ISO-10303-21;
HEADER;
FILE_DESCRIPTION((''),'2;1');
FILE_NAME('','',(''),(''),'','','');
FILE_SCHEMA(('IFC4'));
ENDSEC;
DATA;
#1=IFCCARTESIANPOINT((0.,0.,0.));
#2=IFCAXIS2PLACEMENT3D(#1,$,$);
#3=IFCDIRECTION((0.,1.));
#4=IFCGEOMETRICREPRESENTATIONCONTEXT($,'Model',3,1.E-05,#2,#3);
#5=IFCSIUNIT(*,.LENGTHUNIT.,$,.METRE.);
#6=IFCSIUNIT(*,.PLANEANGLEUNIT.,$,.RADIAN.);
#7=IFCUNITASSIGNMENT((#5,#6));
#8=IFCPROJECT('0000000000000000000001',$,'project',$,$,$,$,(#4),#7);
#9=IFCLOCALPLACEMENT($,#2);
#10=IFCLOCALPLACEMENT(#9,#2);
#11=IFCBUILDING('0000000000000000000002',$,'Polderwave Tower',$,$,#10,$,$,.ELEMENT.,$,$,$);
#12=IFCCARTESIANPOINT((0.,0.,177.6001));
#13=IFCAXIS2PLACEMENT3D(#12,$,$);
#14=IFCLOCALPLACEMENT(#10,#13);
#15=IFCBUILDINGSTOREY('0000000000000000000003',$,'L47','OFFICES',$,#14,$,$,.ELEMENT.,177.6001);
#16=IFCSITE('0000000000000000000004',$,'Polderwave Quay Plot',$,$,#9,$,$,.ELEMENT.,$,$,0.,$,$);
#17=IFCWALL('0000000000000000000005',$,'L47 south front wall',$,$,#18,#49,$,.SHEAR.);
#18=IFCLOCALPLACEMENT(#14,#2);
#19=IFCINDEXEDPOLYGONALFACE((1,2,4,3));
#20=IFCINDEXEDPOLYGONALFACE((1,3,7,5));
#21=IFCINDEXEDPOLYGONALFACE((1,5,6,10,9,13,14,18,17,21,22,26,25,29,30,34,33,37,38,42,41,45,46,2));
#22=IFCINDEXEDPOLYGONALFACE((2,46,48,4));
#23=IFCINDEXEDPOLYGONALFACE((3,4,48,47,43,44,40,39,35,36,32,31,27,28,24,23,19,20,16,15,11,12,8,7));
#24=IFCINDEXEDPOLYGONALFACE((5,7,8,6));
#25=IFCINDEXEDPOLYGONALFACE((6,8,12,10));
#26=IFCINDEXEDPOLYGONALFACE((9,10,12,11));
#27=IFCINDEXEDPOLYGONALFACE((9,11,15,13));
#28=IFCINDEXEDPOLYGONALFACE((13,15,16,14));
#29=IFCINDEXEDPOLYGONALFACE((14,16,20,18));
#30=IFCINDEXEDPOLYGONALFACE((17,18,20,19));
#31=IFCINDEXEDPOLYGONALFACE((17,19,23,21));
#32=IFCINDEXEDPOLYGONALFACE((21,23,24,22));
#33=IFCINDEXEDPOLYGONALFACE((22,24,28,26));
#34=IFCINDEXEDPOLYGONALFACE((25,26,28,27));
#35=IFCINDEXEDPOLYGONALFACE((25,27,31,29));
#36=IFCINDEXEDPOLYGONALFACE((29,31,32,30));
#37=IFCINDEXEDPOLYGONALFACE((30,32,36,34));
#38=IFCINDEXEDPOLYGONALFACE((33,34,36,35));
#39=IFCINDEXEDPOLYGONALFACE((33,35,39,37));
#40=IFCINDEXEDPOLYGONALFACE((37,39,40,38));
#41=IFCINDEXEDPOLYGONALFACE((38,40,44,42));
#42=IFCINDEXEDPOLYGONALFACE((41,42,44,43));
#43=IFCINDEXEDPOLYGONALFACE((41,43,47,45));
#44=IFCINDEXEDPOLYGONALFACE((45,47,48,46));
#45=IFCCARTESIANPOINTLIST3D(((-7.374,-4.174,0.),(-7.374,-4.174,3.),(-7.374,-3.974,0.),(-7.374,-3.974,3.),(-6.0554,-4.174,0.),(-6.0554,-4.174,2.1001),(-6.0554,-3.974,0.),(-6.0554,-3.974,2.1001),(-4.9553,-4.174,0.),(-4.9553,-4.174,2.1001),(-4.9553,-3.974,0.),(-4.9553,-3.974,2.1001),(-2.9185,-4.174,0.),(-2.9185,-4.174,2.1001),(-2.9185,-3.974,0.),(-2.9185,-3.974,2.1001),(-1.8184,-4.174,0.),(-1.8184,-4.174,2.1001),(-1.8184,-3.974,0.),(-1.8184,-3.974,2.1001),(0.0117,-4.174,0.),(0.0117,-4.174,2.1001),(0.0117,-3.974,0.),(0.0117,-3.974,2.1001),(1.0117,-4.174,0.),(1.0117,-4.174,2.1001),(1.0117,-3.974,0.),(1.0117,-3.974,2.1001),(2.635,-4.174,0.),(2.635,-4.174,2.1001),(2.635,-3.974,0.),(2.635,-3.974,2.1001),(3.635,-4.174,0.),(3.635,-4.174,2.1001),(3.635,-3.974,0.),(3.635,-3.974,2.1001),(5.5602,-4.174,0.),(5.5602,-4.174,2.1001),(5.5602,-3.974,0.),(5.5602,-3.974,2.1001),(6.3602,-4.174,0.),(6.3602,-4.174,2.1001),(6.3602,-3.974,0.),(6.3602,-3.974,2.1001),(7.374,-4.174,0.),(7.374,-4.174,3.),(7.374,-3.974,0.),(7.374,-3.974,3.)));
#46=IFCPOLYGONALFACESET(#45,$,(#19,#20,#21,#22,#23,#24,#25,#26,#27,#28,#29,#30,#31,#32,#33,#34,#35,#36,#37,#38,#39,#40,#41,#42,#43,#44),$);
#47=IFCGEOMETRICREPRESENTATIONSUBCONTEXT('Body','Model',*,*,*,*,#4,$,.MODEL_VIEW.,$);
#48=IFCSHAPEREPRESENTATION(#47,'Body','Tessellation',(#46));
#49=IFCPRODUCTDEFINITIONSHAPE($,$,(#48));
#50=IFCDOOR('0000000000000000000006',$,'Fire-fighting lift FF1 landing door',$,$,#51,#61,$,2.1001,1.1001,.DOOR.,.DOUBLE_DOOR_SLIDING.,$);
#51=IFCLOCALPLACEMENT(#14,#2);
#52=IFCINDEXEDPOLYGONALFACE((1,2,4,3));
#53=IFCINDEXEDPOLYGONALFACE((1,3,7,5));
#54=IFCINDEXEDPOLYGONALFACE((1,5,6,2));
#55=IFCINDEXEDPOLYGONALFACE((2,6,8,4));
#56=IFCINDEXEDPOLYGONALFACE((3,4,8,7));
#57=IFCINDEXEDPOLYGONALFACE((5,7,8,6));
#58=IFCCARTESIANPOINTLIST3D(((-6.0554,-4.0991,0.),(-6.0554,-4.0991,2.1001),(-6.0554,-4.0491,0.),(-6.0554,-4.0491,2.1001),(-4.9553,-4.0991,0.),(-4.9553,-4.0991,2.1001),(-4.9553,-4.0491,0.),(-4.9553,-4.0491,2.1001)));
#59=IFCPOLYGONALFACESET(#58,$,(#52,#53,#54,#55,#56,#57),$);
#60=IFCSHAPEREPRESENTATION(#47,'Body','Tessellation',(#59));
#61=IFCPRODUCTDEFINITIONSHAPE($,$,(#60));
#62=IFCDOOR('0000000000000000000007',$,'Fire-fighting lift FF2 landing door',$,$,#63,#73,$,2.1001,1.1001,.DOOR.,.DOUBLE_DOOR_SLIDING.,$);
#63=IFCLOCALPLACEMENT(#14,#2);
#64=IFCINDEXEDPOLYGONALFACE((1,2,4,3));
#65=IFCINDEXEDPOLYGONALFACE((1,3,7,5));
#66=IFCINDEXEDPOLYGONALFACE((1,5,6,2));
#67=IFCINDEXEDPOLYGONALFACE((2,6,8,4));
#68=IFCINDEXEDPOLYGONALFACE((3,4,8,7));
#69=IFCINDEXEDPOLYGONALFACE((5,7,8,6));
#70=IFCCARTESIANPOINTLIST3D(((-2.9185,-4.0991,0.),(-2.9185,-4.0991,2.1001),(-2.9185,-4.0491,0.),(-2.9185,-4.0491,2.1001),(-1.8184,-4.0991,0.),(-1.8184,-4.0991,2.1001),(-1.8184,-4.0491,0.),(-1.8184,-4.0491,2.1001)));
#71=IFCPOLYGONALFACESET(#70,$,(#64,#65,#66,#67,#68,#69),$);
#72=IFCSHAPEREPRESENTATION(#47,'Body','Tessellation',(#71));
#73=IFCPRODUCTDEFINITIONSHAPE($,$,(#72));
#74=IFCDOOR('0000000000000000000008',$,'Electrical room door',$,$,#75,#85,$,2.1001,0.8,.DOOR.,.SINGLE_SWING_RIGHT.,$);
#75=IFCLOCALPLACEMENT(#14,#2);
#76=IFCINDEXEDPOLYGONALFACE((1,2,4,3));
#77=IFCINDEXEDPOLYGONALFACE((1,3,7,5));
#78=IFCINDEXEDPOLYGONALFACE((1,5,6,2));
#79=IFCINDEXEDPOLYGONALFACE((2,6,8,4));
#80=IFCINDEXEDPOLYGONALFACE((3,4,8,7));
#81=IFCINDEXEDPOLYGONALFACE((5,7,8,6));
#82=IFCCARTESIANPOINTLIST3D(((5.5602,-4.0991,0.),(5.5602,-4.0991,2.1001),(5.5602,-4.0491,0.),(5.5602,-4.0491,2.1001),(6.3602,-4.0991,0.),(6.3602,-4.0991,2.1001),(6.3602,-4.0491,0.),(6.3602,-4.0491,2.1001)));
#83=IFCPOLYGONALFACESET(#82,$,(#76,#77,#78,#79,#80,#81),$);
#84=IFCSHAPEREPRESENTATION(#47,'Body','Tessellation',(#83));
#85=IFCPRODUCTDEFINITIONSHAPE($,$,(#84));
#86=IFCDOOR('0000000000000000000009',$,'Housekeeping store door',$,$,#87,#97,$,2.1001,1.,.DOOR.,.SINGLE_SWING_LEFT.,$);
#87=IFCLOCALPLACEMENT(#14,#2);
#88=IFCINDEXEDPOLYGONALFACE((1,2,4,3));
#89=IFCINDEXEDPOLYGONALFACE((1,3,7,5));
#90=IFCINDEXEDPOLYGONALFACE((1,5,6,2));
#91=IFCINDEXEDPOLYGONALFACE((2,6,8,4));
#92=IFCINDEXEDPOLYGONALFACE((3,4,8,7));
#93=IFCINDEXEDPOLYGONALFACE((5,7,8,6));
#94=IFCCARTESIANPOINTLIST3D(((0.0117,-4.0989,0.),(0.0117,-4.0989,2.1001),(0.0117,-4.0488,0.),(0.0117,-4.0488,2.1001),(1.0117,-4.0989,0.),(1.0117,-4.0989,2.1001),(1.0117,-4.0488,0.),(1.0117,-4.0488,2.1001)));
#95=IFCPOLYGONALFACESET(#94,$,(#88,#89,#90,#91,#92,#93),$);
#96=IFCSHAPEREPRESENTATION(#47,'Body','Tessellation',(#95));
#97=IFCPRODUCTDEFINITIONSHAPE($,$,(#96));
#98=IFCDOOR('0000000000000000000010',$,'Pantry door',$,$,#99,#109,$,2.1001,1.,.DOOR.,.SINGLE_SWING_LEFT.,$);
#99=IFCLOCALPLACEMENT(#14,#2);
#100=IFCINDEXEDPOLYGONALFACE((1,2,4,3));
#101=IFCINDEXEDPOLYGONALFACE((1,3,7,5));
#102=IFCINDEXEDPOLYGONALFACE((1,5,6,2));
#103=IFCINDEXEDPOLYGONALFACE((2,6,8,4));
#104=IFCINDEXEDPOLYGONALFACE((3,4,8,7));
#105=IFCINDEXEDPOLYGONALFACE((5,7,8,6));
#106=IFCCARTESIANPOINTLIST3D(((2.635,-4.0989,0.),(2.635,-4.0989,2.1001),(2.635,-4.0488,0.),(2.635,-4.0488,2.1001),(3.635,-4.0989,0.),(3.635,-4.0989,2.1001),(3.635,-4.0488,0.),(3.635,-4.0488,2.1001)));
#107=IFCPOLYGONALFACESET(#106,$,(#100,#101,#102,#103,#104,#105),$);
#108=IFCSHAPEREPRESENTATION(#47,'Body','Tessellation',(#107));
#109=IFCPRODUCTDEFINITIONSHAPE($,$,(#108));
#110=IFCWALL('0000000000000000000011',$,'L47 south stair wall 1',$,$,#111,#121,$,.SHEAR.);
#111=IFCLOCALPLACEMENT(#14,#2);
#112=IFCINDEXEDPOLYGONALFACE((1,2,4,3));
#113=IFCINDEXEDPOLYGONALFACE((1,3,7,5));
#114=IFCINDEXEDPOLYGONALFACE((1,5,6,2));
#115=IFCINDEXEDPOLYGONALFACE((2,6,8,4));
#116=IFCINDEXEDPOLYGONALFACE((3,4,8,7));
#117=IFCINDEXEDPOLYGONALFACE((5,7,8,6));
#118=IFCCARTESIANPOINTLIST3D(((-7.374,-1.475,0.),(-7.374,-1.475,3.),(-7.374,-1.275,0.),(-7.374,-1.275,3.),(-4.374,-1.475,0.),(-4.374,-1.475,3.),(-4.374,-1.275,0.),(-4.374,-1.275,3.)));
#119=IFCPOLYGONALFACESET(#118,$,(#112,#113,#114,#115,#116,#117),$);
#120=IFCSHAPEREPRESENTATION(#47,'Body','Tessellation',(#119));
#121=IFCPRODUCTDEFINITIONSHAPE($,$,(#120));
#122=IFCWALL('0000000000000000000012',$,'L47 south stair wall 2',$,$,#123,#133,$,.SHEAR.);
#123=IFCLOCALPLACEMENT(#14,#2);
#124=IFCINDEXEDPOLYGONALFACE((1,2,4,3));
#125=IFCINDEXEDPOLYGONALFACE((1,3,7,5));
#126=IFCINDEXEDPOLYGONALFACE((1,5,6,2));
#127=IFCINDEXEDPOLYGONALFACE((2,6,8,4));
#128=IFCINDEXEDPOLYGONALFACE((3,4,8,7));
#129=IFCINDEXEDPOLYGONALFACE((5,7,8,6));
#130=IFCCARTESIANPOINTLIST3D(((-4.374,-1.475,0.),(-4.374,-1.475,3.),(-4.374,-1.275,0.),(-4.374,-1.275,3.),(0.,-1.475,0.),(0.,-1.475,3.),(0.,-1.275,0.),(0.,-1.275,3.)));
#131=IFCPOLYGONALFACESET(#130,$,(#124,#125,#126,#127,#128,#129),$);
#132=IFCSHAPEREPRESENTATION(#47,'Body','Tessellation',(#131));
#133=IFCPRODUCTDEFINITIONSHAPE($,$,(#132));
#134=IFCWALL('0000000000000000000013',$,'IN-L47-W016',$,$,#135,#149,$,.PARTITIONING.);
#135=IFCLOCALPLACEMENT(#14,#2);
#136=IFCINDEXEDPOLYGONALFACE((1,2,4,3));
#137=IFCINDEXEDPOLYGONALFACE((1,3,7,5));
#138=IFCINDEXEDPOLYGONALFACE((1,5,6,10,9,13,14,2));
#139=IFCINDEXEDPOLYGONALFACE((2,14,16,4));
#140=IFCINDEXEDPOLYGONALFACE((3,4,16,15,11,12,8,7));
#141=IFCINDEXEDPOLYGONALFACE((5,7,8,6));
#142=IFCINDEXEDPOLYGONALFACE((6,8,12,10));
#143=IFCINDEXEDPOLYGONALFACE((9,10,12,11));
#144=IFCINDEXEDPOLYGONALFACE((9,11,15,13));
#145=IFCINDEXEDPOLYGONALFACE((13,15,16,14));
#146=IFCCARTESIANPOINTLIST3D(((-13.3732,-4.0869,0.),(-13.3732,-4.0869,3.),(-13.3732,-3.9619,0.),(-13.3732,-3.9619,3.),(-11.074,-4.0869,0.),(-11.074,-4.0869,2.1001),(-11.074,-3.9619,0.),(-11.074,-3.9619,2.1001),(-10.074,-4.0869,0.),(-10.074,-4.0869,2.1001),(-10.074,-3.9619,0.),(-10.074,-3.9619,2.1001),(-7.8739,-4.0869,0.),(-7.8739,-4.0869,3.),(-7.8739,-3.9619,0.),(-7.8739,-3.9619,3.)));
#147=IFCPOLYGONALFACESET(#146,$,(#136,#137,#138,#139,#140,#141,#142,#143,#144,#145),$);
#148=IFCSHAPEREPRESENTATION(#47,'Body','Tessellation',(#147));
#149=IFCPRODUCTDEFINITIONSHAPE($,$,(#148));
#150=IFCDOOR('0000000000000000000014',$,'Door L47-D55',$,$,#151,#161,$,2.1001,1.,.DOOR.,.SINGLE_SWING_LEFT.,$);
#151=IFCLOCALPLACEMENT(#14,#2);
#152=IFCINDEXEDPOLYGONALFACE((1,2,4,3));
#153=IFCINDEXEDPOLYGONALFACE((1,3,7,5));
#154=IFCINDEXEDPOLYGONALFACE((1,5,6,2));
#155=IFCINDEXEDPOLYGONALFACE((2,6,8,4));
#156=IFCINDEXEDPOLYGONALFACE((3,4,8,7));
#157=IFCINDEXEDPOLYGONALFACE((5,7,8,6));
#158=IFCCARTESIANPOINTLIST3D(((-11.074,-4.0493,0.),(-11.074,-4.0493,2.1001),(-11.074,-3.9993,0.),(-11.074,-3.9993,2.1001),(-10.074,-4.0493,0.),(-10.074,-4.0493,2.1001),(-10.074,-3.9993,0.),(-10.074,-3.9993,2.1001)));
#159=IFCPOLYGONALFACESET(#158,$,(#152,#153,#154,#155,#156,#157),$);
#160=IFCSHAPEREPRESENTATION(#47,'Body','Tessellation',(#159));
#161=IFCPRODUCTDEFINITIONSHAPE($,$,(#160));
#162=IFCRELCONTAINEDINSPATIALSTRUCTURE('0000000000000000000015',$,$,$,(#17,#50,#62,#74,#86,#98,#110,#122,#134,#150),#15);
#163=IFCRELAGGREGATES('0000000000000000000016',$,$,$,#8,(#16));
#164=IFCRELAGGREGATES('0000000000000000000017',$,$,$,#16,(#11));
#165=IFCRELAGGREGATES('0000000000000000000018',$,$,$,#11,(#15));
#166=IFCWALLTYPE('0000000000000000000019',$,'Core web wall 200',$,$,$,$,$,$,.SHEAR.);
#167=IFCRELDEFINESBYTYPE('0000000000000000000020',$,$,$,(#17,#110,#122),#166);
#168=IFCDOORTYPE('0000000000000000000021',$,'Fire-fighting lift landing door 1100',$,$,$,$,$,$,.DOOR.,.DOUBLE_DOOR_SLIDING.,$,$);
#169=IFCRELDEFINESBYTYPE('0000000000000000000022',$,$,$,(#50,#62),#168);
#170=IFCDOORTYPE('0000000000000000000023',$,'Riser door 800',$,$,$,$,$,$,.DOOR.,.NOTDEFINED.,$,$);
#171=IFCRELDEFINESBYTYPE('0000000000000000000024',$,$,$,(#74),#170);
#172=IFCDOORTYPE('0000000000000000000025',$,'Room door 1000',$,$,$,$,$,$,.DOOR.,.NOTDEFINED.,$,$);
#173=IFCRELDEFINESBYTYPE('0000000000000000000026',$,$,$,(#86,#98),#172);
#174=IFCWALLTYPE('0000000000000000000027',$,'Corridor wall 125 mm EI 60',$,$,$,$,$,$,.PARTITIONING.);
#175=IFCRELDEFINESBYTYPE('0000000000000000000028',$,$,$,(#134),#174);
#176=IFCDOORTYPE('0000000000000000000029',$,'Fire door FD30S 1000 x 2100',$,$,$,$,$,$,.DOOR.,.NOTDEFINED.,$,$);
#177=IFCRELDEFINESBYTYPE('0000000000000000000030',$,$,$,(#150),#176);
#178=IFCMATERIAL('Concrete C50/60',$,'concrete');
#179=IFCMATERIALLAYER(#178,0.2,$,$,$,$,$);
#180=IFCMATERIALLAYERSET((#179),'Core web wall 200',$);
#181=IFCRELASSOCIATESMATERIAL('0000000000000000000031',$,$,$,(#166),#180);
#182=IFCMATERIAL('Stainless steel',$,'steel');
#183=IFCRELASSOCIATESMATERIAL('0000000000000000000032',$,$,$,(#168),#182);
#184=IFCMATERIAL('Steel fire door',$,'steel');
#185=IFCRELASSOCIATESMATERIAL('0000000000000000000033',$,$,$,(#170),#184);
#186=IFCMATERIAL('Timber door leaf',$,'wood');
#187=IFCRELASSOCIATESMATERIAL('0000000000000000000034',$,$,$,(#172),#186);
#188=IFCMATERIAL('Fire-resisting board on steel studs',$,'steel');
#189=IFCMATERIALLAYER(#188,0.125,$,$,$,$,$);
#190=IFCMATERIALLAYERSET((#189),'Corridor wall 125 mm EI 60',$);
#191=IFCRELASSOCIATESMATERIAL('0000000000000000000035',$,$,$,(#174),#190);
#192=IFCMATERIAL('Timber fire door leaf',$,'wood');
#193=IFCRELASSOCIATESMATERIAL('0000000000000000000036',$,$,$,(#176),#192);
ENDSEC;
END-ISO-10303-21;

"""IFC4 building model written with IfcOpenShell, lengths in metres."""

from ifc_helpers import new_model, si_unit, direction, frame, frame_2d, origin, place, context, subcontext, project, spatial, rectangle, extrude, material, layer, layer_set, type_object, element, fill, save


model = new_model("IFC4")

# Units and contexts
model_context = context("Model", 3, precision=1e-05, world=origin(), true_north=direction((0.0, 1.0)))
body_context = subcontext(model_context, "Body", "Model", "MODEL_VIEW")
ifc_project = project(units=[si_unit("LENGTHUNIT", "METRE"), si_unit("PLANEANGLEUNIT", "RADIAN")], contexts=[model_context])

# Site, building, storey
site_placement = place(None, origin())
site = spatial("IfcSite", under=ifc_project, at=site_placement, Name="Polderwave Quay Plot", CompositionType="ELEMENT", RefElevation=0.0)
building_placement = place(site_placement, origin())
building = spatial("IfcBuilding", under=site, at=building_placement, Name="Polderwave Tower", CompositionType="ELEMENT")
storey_placement = place(building_placement, frame((0.0, 0.0, 177.6001)))
storey = spatial("IfcBuildingStorey", under=building, at=storey_placement, Name="L47", Description="OFFICES", CompositionType="ELEMENT", Elevation=177.6001)

# Wall, openings, doors
ifc_material_1 = material(Name="Steel fire door", Category="steel")
ifc_material_2 = material(Name="Concrete C50/60", Category="concrete")
ifc_layer_1 = layer(ifc_material_2, 0.2)
ifc_layer_set_1 = layer_set([ifc_layer_1], Name="Core web wall 200")
wall_type_1 = type_object("IfcWallType", Name="Core web wall 200", PredefinedType="SHEAR", material=ifc_layer_set_1)
wall_1_placement = place(storey_placement, frame((-7.374, -4.074, 0.0), z_axis=(0.0, 0.0, 1.0), x_axis=(1.0, 0.0, 0.0)))
wall_1 = element("IfcWall", 1, at=wall_1_placement, inside=storey, type_object=wall_type_1, Name="L47 south front wall", PredefinedType="SHEAR", context=body_context, shape_type="SweptSolid", body=[
    extrude(rectangle(XDim=14.748, YDim=0.2, at=frame_2d((7.374, 0.0))), origin(), (0.0, 0.0, 1.0), 3.0),
])
opening_1_placement = place(wall_1_placement, frame((1.3186, 0.0, 0.0)))
opening_1 = element("IfcOpeningElement", 2, at=opening_1_placement, cuts=wall_1, PredefinedType="OPENING", context=body_context, shape_type="SweptSolid", body=[
    extrude(rectangle(XDim=1.1001, YDim=2.1001, at=frame_2d((0.55, 1.05))), frame((0.0, 0.1099, 0.0), z_axis=(0.0, -1.0, 0.0), x_axis=(1.0, 0.0, 0.0)), (0.0, 0.0, 1.0), 0.22),
])
opening_2_placement = place(wall_1_placement, frame((4.4556, 0.0, 0.0)))
opening_2 = element("IfcOpeningElement", 3, at=opening_2_placement, cuts=wall_1, PredefinedType="OPENING", context=body_context, shape_type="SweptSolid", body=[
    extrude(rectangle(XDim=1.1001, YDim=2.1001, at=frame_2d((0.55, 1.05))), frame((0.0, 0.1099, 0.0), z_axis=(0.0, -1.0, 0.0), x_axis=(1.0, 0.0, 0.0)), (0.0, 0.0, 1.0), 0.22),
])
opening_3_placement = place(wall_1_placement, frame((7.3857, 0.0, 0.0)))
opening_3 = element("IfcOpeningElement", 4, at=opening_3_placement, cuts=wall_1, PredefinedType="OPENING", context=body_context, shape_type="SweptSolid", body=[
    extrude(rectangle(XDim=1.0, YDim=2.1001, at=frame_2d((0.5, 1.05))), frame((0.0, 0.1099, 0.0), z_axis=(0.0, -1.0, 0.0), x_axis=(1.0, 0.0, 0.0)), (0.0, 0.0, 1.0), 0.22),
])
opening_4_placement = place(wall_1_placement, frame((10.009, 0.0, 0.0)))
opening_4 = element("IfcOpeningElement", 5, at=opening_4_placement, cuts=wall_1, PredefinedType="OPENING", context=body_context, shape_type="SweptSolid", body=[
    extrude(rectangle(XDim=1.0, YDim=2.1001, at=frame_2d((0.5, 1.05))), frame((0.0, 0.1099, 0.0), z_axis=(0.0, -1.0, 0.0), x_axis=(1.0, 0.0, 0.0)), (0.0, 0.0, 1.0), 0.22),
])
opening_5_placement = place(wall_1_placement, frame((12.9343, 0.0, 0.0)))
opening_5 = element("IfcOpeningElement", 6, at=opening_5_placement, cuts=wall_1, PredefinedType="OPENING", context=body_context, shape_type="SweptSolid", body=[
    extrude(rectangle(XDim=0.8, YDim=2.1001, at=frame_2d((0.3999, 1.05))), frame((0.0, 0.1099, 0.0), z_axis=(0.0, -1.0, 0.0), x_axis=(1.0, 0.0, 0.0)), (0.0, 0.0, 1.0), 0.22),
])
ifc_material_3 = material(Name="Stainless steel", Category="steel")
door_type_1 = type_object("IfcDoorType", Name="Fire-fighting lift landing door 1100", OperationType="DOUBLE_DOOR_SLIDING", PredefinedType="DOOR", material=ifc_material_3)
door_1_placement = place(opening_1_placement, origin())
door_1 = element("IfcDoor", 7, at=door_1_placement, inside=storey, type_object=door_type_1, Name="Fire-fighting lift FF1 landing door", OperationType="DOUBLE_DOOR_SLIDING", OverallHeight=2.1001, OverallWidth=1.1001, PredefinedType="DOOR", context=body_context, shape_type="SweptSolid", body=[
    extrude(rectangle(XDim=1.1001, YDim=2.1001, at=frame_2d((0.55, 1.05))), frame((0.0, 0.0249, 0.0), z_axis=(0.0, -1.0, 0.0), x_axis=(1.0, 0.0, 0.0)), (0.0, 0.0, 1.0), 0.05),
])
fill(opening_1, door_1)
door_2_placement = place(opening_2_placement, origin())
door_2 = element("IfcDoor", 8, at=door_2_placement, inside=storey, type_object=door_type_1, Name="Fire-fighting lift FF2 landing door", OperationType="DOUBLE_DOOR_SLIDING", OverallHeight=2.1001, OverallWidth=1.1001, PredefinedType="DOOR", context=body_context, shape_type="SweptSolid", body=[
    extrude(rectangle(XDim=1.1001, YDim=2.1001, at=frame_2d((0.55, 1.05))), frame((0.0, 0.0249, 0.0), z_axis=(0.0, -1.0, 0.0), x_axis=(1.0, 0.0, 0.0)), (0.0, 0.0, 1.0), 0.05),
])
fill(opening_2, door_2)
door_type_2 = type_object("IfcDoorType", Name="Riser door 800", OperationType="NOTDEFINED", PredefinedType="DOOR", material=ifc_material_1)
door_3_placement = place(opening_5_placement, origin())
door_3 = element("IfcDoor", 9, at=door_3_placement, inside=storey, type_object=door_type_2, Name="Electrical room door", OperationType="SINGLE_SWING_RIGHT", OverallHeight=2.1001, OverallWidth=0.8, PredefinedType="DOOR", context=body_context, shape_type="SweptSolid", body=[
    extrude(rectangle(XDim=0.8, YDim=2.1001, at=frame_2d((0.3999, 1.05))), frame((0.0, 0.0249, 0.0), z_axis=(0.0, -1.0, 0.0), x_axis=(1.0, 0.0, 0.0)), (0.0, 0.0, 1.0), 0.05),
])
fill(opening_5, door_3)
ifc_material_4 = material(Name="Timber door leaf", Category="wood")
door_type_3 = type_object("IfcDoorType", Name="Room door 1000", OperationType="NOTDEFINED", PredefinedType="DOOR", material=ifc_material_4)
door_4_placement = place(opening_3_placement, frame((1.0, 0.0, 0.0), z_axis=(0.0, 0.0, 1.0), x_axis=(-1.0, 0.0, 0.0)))
door_4 = element("IfcDoor", 10, at=door_4_placement, inside=storey, type_object=door_type_3, Name="Housekeeping store door", OperationType="SINGLE_SWING_LEFT", OverallHeight=2.1001, OverallWidth=1.0, PredefinedType="DOOR", context=body_context, shape_type="SweptSolid", body=[
    extrude(rectangle(XDim=1.0, YDim=2.1001, at=frame_2d((0.5, 1.05))), frame((0.0, 0.0249, 0.0), z_axis=(0.0, -1.0, 0.0), x_axis=(1.0, 0.0, 0.0)), (0.0, 0.0, 1.0), 0.05),
])
fill(opening_3, door_4)
door_5_placement = place(opening_4_placement, frame((1.0, 0.0, 0.0), z_axis=(0.0, 0.0, 1.0), x_axis=(-1.0, 0.0, 0.0)))
door_5 = element("IfcDoor", 11, at=door_5_placement, inside=storey, type_object=door_type_3, Name="Pantry door", OperationType="SINGLE_SWING_LEFT", OverallHeight=2.1001, OverallWidth=1.0, PredefinedType="DOOR", context=body_context, shape_type="SweptSolid", body=[
    extrude(rectangle(XDim=1.0, YDim=2.1001, at=frame_2d((0.5, 1.05))), frame((0.0, 0.0249, 0.0), z_axis=(0.0, -1.0, 0.0), x_axis=(1.0, 0.0, 0.0)), (0.0, 0.0, 1.0), 0.05),
])
fill(opening_4, door_5)

# Walls
wall_2_placement = place(storey_placement, frame((-7.374, -1.375, 0.0), z_axis=(0.0, 0.0, 1.0), x_axis=(1.0, 0.0, 0.0)))
element("IfcWall", 12, at=wall_2_placement, inside=storey, type_object=wall_type_1, Name="L47 south stair wall 1", PredefinedType="SHEAR", context=body_context, shape_type="SweptSolid", body=[
    extrude(rectangle(XDim=3.0, YDim=0.2, at=frame_2d((1.5, 0.0))), origin(), (0.0, 0.0, 1.0), 3.0),
])
wall_3_placement = place(storey_placement, frame((-4.374, -1.375, 0.0), z_axis=(0.0, 0.0, 1.0), x_axis=(1.0, 0.0, 0.0)))
element("IfcWall", 13, at=wall_3_placement, inside=storey, type_object=wall_type_1, Name="L47 south stair wall 2", PredefinedType="SHEAR", context=body_context, shape_type="SweptSolid", body=[
    extrude(rectangle(XDim=4.374, YDim=0.2, at=frame_2d((2.187, 0.0))), origin(), (0.0, 0.0, 1.0), 3.0),
])

# Wall, opening, door
ifc_material_5 = material(Name="Fire-resisting board on steel studs", Category="steel")
ifc_layer_2 = layer(ifc_material_5, 0.125)
ifc_layer_set_2 = layer_set([ifc_layer_2], Name="Corridor wall 125 mm EI 60")
wall_type_2 = type_object("IfcWallType", Name="Corridor wall 125 mm EI 60", PredefinedType="PARTITIONING", material=ifc_layer_set_2)
wall_4_placement = place(storey_placement, frame((-7.874, -4.0244, 0.0), z_axis=(0.0, 0.0, 1.0), x_axis=(-1.0, 0.0, 0.0)))
wall_4 = element("IfcWall", 14, at=wall_4_placement, inside=storey, type_object=wall_type_2, Name="IN-L47-W016", PredefinedType="PARTITIONING", context=body_context, shape_type="SweptSolid", body=[
    extrude(rectangle(XDim=5.4993, YDim=0.125, at=frame_2d((2.7495, 0.0))), origin(), (0.0, 0.0, 1.0), 3.0),
])
opening_6_placement = place(wall_4_placement, frame((2.2, 0.0, 0.0)))
opening_6 = element("IfcOpeningElement", 15, at=opening_6_placement, cuts=wall_4, PredefinedType="OPENING", context=body_context, shape_type="SweptSolid", body=[
    extrude(rectangle(XDim=1.0, YDim=2.1001, at=frame_2d((0.5, 1.05))), frame((0.0, 0.0725, 0.0), z_axis=(0.0, -1.0, 0.0), x_axis=(1.0, 0.0, 0.0)), (0.0, 0.0, 1.0), 0.145),
])
ifc_material_6 = material(Name="Timber fire door leaf", Category="wood")
door_type_4 = type_object("IfcDoorType", Name="Fire door FD30S 1000 x 2100", OperationType="NOTDEFINED", PredefinedType="DOOR", material=ifc_material_6)
door_6_placement = place(opening_6_placement, origin())
door_6 = element("IfcDoor", 16, at=door_6_placement, inside=storey, type_object=door_type_4, Name="Door L47-D55", OperationType="SINGLE_SWING_LEFT", OverallHeight=2.1001, OverallWidth=1.0, PredefinedType="DOOR", context=body_context, shape_type="SweptSolid", body=[
    extrude(rectangle(XDim=1.0, YDim=2.1001, at=frame_2d((0.5, 1.05))), frame((0.0, 0.0249, 0.0), z_axis=(0.0, -1.0, 0.0), x_axis=(1.0, 0.0, 0.0)), (0.0, 0.0, 1.0), 0.05),
])
fill(opening_6, door_6)

save(model, "model.ifc")
